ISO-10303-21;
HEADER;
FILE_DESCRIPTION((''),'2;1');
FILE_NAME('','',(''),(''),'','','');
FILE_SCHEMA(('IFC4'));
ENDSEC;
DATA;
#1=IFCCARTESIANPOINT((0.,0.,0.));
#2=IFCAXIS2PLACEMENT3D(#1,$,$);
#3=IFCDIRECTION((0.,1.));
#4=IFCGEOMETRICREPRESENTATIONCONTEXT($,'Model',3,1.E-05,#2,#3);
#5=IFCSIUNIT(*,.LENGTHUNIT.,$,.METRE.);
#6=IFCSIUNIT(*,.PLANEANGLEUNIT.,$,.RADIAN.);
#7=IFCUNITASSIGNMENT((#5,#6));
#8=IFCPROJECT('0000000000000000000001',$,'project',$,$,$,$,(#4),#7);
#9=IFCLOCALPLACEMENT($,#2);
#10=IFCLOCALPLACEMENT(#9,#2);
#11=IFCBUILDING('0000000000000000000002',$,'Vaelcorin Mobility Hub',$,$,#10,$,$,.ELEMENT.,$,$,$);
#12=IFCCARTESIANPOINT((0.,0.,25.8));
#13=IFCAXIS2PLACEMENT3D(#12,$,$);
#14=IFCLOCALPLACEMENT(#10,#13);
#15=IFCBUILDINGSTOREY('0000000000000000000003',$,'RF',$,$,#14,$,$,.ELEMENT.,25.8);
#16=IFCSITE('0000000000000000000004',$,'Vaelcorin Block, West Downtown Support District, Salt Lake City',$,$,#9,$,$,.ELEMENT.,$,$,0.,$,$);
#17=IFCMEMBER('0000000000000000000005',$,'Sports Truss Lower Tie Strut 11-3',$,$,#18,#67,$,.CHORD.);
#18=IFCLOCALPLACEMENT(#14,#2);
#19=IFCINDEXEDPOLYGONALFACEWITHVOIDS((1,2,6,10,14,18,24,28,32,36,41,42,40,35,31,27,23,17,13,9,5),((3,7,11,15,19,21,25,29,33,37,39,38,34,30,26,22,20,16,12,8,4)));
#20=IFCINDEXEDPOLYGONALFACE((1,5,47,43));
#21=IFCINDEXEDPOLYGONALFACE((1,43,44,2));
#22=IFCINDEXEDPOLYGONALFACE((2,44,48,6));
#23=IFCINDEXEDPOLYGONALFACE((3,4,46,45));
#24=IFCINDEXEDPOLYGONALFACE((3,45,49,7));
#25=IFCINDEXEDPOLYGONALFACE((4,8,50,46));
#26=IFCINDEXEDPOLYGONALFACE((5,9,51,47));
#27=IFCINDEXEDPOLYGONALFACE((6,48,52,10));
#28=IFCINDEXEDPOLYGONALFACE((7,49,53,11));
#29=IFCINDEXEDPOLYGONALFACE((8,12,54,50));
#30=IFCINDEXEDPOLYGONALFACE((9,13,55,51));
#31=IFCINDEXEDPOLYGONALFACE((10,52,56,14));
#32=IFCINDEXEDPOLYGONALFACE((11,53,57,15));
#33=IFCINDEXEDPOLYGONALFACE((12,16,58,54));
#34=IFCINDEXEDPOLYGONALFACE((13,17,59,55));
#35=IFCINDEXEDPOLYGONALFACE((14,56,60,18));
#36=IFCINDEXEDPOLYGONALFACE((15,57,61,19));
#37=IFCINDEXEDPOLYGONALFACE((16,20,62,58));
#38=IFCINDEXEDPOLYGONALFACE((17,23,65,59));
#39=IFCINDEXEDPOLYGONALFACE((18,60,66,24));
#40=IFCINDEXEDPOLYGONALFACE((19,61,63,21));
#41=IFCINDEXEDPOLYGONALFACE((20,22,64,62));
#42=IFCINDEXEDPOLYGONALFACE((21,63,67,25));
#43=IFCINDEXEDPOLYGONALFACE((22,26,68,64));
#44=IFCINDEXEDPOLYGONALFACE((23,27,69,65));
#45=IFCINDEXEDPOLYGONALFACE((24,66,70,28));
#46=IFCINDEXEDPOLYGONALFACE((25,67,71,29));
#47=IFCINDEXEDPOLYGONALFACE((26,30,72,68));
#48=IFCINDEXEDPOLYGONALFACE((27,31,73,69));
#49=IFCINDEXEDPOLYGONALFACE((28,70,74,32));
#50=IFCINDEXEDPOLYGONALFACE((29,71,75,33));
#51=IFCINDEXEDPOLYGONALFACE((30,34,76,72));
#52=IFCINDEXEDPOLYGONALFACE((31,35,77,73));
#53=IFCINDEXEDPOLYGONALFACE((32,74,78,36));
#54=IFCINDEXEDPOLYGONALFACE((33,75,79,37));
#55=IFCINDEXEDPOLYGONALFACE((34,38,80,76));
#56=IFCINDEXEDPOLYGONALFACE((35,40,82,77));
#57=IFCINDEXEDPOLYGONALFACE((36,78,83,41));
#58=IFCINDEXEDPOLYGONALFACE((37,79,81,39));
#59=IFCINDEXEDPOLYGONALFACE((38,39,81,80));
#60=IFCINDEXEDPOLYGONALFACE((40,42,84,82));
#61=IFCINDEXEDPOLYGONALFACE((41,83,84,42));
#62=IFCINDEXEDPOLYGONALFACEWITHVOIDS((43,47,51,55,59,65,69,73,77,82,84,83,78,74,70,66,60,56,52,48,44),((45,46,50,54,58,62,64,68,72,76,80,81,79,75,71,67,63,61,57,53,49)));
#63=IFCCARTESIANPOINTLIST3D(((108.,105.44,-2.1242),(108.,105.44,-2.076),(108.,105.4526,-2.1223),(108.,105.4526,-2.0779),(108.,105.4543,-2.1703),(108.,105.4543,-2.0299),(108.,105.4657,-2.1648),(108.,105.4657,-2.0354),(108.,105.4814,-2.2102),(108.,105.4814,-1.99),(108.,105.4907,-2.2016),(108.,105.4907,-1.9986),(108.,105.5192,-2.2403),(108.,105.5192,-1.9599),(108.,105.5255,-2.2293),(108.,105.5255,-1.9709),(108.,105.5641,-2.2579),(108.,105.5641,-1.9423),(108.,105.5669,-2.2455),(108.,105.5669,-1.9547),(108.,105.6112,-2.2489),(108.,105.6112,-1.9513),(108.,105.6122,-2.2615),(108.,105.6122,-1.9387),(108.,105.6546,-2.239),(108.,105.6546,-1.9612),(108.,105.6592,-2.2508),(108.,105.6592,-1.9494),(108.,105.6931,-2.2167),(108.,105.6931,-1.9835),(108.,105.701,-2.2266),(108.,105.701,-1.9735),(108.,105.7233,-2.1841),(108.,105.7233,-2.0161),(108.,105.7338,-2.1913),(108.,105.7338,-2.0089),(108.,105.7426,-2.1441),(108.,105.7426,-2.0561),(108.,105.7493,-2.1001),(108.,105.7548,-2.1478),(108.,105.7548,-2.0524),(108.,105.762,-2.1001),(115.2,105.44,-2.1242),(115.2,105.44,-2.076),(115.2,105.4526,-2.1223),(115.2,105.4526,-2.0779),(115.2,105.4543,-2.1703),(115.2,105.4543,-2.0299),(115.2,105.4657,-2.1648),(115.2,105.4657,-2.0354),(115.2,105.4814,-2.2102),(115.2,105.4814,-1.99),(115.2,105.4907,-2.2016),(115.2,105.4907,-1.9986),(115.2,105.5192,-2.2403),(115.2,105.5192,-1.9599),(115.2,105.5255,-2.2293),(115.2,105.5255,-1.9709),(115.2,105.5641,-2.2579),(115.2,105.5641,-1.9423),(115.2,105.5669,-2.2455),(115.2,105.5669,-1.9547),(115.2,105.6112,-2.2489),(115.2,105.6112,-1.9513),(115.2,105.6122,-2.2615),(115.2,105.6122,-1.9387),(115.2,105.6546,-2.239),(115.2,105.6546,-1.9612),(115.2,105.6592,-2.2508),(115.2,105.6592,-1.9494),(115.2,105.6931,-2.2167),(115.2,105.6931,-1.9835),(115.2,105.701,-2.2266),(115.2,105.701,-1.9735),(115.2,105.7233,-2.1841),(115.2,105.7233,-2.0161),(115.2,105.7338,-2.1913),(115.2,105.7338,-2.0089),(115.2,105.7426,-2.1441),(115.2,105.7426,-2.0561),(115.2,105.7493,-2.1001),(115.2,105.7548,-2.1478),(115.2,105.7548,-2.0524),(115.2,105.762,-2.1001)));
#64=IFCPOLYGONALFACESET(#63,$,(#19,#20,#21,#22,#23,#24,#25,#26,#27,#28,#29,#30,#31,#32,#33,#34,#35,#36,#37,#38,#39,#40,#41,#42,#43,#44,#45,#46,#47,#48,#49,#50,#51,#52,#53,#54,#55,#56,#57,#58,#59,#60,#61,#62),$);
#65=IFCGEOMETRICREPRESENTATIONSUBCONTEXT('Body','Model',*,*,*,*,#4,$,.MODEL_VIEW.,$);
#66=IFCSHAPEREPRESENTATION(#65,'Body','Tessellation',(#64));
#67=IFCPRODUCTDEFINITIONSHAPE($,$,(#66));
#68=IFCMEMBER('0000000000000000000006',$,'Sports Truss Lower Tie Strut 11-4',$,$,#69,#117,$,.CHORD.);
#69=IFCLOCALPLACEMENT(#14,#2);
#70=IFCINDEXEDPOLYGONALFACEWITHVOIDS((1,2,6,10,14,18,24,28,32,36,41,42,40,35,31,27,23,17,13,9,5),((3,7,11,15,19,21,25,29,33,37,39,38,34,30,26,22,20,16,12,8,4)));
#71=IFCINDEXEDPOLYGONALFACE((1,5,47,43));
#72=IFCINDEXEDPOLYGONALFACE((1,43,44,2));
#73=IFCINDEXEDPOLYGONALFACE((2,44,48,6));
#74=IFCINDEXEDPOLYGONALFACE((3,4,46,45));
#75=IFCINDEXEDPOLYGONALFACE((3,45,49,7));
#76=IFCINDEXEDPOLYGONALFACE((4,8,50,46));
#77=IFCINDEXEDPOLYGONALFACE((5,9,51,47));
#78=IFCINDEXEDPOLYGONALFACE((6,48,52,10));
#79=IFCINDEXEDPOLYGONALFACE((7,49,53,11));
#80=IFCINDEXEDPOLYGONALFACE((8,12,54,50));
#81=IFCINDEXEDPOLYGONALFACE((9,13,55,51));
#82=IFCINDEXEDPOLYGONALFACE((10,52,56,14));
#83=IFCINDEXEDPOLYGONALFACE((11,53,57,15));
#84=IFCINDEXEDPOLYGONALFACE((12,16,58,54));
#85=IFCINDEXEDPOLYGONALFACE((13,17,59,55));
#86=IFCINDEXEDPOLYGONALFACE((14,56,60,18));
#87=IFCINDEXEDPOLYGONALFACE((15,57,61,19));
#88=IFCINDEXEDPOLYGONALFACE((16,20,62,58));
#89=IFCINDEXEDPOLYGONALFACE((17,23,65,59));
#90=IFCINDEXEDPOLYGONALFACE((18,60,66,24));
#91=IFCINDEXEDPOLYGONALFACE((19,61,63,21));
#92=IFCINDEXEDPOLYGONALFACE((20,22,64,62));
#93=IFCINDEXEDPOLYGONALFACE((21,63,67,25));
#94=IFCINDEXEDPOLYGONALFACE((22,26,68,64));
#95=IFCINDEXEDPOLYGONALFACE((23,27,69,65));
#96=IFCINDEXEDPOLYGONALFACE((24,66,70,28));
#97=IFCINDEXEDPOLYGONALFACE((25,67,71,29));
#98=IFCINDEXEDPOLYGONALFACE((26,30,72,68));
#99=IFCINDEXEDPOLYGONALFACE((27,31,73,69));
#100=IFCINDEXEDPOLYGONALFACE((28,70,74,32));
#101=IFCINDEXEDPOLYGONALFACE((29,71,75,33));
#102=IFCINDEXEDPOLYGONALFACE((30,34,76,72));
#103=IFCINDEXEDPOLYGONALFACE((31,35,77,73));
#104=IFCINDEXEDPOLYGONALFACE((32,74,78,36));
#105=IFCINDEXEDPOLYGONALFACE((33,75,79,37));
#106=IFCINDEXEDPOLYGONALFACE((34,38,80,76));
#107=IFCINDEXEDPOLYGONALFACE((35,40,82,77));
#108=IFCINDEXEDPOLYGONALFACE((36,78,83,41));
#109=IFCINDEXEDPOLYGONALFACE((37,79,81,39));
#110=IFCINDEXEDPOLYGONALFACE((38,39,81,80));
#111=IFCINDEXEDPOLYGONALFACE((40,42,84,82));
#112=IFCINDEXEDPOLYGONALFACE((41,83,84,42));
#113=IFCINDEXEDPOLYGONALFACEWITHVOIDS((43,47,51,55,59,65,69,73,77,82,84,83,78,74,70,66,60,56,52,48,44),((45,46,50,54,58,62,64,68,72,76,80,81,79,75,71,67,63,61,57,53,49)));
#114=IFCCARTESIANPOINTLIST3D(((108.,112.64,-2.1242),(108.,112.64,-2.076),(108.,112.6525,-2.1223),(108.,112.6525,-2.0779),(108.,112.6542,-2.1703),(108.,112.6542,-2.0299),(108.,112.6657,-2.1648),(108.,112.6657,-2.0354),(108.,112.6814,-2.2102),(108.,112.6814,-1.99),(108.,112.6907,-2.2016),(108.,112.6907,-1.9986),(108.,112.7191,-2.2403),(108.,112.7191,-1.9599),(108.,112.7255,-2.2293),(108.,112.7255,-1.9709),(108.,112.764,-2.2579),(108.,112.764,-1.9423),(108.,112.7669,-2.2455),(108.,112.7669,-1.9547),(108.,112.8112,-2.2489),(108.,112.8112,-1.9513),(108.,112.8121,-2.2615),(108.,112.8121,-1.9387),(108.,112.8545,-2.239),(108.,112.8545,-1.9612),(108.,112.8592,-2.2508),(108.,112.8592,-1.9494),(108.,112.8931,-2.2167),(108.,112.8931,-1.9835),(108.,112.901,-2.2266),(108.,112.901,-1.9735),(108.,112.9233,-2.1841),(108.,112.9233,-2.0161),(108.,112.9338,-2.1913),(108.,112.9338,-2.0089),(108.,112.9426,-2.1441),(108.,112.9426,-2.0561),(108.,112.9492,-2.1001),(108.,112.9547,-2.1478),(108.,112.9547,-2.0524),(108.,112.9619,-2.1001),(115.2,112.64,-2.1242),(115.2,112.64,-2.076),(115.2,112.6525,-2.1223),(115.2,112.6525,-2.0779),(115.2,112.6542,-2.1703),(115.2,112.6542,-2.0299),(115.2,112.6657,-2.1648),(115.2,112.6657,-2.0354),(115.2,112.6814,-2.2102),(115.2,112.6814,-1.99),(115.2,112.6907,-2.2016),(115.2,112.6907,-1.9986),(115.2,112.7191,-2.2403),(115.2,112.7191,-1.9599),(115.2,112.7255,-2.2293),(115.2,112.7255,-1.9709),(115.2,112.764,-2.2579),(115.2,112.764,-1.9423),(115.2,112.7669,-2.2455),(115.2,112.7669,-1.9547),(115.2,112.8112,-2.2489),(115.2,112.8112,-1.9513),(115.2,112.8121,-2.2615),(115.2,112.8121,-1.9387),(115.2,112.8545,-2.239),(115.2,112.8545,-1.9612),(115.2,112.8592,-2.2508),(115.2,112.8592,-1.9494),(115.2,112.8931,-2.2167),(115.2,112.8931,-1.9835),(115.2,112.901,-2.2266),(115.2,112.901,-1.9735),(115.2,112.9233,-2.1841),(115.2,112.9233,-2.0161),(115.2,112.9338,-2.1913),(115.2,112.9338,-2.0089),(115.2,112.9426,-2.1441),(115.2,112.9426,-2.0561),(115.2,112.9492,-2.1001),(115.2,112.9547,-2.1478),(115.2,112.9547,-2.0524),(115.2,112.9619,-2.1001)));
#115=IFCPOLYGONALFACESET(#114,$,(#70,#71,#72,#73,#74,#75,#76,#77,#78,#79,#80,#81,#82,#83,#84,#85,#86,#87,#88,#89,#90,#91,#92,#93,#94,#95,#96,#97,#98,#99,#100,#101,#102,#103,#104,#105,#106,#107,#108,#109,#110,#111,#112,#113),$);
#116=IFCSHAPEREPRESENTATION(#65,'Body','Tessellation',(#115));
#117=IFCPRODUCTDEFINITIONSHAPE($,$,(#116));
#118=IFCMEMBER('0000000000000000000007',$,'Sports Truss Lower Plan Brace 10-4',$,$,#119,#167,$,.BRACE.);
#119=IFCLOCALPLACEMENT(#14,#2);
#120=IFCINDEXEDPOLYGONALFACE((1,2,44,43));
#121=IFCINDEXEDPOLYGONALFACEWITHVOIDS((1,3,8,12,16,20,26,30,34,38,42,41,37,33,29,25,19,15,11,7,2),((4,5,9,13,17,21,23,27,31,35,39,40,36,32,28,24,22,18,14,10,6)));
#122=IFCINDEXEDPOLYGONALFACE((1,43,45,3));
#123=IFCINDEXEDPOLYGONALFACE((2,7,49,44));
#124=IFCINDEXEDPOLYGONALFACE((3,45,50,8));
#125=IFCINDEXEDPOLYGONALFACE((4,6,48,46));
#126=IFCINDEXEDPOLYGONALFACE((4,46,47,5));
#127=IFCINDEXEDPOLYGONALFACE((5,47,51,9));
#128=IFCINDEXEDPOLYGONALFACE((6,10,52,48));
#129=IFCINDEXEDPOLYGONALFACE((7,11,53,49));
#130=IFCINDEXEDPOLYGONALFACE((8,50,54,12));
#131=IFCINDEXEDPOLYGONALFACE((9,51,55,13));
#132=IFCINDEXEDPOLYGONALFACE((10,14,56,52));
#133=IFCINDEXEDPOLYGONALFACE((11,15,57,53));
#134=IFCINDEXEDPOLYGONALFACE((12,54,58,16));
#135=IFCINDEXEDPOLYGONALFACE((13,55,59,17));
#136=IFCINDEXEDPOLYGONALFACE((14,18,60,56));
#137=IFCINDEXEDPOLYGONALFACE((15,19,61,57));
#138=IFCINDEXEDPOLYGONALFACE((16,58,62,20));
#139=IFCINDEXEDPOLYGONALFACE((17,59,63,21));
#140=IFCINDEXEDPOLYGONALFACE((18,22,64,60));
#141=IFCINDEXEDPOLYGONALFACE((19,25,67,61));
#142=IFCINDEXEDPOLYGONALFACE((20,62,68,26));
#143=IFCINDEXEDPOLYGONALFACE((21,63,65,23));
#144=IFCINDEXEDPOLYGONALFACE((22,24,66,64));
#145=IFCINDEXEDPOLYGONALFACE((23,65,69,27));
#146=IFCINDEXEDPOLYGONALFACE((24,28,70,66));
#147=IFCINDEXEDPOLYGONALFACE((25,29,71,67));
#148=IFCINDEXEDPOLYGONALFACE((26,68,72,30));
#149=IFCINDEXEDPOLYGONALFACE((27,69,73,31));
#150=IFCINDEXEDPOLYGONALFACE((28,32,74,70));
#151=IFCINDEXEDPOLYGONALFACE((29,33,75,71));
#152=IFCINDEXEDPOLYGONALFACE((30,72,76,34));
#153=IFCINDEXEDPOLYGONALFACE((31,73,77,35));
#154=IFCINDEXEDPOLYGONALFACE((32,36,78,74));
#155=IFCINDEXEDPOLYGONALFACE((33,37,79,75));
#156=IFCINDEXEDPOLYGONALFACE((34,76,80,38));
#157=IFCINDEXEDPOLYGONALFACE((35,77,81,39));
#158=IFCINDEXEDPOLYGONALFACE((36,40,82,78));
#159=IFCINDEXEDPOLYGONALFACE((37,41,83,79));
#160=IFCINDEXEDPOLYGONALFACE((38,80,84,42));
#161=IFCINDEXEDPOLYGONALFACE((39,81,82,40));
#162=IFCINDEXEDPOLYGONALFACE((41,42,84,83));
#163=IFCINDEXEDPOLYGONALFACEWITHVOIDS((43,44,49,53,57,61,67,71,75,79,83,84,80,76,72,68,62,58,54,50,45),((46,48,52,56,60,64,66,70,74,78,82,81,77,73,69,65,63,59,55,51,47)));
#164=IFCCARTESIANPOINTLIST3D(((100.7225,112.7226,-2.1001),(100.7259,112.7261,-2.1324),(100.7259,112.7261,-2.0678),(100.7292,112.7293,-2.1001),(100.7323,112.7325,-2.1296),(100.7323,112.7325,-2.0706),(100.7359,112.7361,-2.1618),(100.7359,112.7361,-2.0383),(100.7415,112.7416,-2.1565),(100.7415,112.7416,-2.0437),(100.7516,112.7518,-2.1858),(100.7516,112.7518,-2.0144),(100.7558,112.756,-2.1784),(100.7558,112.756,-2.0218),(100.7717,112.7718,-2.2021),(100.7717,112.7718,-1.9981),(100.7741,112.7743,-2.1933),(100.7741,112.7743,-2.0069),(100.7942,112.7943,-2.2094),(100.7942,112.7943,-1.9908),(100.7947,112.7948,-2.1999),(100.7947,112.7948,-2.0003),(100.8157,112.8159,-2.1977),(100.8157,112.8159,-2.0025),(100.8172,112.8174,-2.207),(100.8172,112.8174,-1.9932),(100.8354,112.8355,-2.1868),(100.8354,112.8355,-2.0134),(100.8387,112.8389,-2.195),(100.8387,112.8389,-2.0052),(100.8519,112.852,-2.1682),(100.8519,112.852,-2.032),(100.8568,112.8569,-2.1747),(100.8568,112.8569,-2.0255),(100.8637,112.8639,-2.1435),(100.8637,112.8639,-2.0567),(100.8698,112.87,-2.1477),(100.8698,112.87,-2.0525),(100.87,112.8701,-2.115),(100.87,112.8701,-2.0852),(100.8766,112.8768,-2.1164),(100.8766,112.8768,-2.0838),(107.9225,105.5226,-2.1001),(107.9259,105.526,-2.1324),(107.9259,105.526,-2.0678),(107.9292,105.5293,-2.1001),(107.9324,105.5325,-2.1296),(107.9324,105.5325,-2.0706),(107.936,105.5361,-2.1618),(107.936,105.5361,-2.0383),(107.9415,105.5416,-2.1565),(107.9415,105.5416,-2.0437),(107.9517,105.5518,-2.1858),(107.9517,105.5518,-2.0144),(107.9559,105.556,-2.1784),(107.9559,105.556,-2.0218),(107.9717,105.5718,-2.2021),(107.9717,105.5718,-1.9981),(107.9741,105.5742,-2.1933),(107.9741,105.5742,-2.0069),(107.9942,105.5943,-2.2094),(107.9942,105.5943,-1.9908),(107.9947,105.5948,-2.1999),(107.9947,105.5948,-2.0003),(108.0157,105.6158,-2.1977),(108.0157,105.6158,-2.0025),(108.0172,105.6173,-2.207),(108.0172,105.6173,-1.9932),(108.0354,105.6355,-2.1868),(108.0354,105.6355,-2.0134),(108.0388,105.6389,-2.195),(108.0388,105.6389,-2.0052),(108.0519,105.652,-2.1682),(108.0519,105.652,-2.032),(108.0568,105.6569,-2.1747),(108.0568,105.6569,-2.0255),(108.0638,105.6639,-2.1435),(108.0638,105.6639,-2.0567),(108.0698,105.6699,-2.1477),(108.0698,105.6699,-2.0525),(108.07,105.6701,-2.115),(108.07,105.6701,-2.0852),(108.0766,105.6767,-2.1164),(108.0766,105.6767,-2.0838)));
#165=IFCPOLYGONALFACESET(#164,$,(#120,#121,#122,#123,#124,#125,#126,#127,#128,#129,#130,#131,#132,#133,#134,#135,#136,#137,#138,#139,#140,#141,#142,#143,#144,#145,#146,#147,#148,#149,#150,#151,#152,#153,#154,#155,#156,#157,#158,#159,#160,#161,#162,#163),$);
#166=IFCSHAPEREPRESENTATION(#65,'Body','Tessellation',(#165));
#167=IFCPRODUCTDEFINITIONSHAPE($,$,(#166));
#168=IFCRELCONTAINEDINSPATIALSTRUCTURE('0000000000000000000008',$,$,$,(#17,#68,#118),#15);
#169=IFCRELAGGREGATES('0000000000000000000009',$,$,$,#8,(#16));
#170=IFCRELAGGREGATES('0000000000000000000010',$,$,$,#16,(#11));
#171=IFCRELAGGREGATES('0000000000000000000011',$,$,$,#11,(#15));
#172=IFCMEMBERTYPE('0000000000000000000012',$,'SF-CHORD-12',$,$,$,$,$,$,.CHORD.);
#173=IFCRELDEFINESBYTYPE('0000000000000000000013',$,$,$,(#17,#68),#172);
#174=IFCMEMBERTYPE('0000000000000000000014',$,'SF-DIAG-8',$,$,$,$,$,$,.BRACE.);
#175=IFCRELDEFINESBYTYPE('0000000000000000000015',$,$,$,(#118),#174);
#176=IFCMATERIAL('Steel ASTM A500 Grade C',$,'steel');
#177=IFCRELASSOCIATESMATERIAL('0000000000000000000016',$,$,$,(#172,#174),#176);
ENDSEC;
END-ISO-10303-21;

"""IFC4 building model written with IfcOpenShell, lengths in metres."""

from ifc_helpers import new_model, si_unit, direction, frame, origin, origin_2d, place, context, subcontext, project, spatial, hollow_circle, extrude, material, material_profile, profile_set, type_object, element, save


model = new_model("IFC4")

# Units and contexts
model_context = context("Model", 3, precision=1e-05, world=origin(), true_north=direction((0.0, 1.0)))
body_context = subcontext(model_context, "Body", "Model", "MODEL_VIEW")
ifc_project = project(units=[si_unit("LENGTHUNIT", "METRE"), si_unit("PLANEANGLEUNIT", "RADIAN")], contexts=[model_context])

# Site, building, storey
site_placement = place(None, origin())
site = spatial("IfcSite", under=ifc_project, at=site_placement, Name="Vaelcorin Block, West Downtown Support District, Salt Lake City", CompositionType="ELEMENT", RefElevation=0.0)
building_placement = place(site_placement, origin())
building = spatial("IfcBuilding", under=site, at=building_placement, Name="Vaelcorin Mobility Hub", CompositionType="ELEMENT")
storey_placement = place(building_placement, frame((0.0, 0.0, 25.8)))
storey = spatial("IfcBuildingStorey", under=building, at=storey_placement, Name="RF", CompositionType="ELEMENT", Elevation=25.8)

# Members
ifc_material_1 = material(Name="Steel ASTM A500 Grade C", Category="steel")
ifc_material_profile_1 = material_profile(ifc_material_1, hollow_circle(Radius=0.1619, WallThickness=0.0127, at=origin_2d()), Name="HSS12.750X0.500")
ifc_profile_set_1 = profile_set([ifc_material_profile_1], Name="Steel ASTM A500 Grade C")
member_type_1 = type_object("IfcMemberType", Name="SF-CHORD-12", PredefinedType="CHORD", material=ifc_profile_set_1)
for number, where, z_axis, x_axis, name in (
    (1, (108.0, 105.6001, -2.1001), (1.0, 0.0, 0.0), (0.0, 1.0, 0.0), "Sports Truss Lower Tie Strut 11-3"),
    (2, (108.0, 112.8, -2.1001), (1.0, 0.0, 0.0), (0.0, 1.0, 0.0), "Sports Truss Lower Tie Strut 11-4"),
):
    element("IfcMember", number, at=place(storey_placement, frame(where, z_axis=z_axis, x_axis=x_axis)), inside=storey, type_object=member_type_1, Name=name, PredefinedType="CHORD", context=body_context, shape_type="SweptSolid", body=[
        extrude(hollow_circle(Radius=0.1619, WallThickness=0.0127, at=origin_2d()), origin(), (0.0, 0.0, 1.0), 7.2),
    ])
ifc_material_profile_2 = material_profile(ifc_material_1, hollow_circle(Radius=0.1096, WallThickness=0.0095, at=origin_2d()), Name="HSS8.625X0.375")
ifc_profile_set_2 = profile_set([ifc_material_profile_2], Name="Steel ASTM A500 Grade C")
member_type_2 = type_object("IfcMemberType", Name="SF-DIAG-8", PredefinedType="BRACE", material=ifc_profile_set_2)
member_1_placement = place(storey_placement, frame((108.0, 105.6001, -2.1001), z_axis=(-0.707107, 0.707107, 0.0), x_axis=(-0.707107, -0.707107, 0.0)))
element("IfcMember", 3, at=member_1_placement, inside=storey, type_object=member_type_2, Name="Sports Truss Lower Plan Brace 10-4", PredefinedType="BRACE", context=body_context, shape_type="SweptSolid", body=[
    extrude(hollow_circle(Radius=0.1096, WallThickness=0.0095, at=origin_2d()), origin(), (0.0, 0.0, 1.0), 10.1824),
])

save(model, "model.ifc")
